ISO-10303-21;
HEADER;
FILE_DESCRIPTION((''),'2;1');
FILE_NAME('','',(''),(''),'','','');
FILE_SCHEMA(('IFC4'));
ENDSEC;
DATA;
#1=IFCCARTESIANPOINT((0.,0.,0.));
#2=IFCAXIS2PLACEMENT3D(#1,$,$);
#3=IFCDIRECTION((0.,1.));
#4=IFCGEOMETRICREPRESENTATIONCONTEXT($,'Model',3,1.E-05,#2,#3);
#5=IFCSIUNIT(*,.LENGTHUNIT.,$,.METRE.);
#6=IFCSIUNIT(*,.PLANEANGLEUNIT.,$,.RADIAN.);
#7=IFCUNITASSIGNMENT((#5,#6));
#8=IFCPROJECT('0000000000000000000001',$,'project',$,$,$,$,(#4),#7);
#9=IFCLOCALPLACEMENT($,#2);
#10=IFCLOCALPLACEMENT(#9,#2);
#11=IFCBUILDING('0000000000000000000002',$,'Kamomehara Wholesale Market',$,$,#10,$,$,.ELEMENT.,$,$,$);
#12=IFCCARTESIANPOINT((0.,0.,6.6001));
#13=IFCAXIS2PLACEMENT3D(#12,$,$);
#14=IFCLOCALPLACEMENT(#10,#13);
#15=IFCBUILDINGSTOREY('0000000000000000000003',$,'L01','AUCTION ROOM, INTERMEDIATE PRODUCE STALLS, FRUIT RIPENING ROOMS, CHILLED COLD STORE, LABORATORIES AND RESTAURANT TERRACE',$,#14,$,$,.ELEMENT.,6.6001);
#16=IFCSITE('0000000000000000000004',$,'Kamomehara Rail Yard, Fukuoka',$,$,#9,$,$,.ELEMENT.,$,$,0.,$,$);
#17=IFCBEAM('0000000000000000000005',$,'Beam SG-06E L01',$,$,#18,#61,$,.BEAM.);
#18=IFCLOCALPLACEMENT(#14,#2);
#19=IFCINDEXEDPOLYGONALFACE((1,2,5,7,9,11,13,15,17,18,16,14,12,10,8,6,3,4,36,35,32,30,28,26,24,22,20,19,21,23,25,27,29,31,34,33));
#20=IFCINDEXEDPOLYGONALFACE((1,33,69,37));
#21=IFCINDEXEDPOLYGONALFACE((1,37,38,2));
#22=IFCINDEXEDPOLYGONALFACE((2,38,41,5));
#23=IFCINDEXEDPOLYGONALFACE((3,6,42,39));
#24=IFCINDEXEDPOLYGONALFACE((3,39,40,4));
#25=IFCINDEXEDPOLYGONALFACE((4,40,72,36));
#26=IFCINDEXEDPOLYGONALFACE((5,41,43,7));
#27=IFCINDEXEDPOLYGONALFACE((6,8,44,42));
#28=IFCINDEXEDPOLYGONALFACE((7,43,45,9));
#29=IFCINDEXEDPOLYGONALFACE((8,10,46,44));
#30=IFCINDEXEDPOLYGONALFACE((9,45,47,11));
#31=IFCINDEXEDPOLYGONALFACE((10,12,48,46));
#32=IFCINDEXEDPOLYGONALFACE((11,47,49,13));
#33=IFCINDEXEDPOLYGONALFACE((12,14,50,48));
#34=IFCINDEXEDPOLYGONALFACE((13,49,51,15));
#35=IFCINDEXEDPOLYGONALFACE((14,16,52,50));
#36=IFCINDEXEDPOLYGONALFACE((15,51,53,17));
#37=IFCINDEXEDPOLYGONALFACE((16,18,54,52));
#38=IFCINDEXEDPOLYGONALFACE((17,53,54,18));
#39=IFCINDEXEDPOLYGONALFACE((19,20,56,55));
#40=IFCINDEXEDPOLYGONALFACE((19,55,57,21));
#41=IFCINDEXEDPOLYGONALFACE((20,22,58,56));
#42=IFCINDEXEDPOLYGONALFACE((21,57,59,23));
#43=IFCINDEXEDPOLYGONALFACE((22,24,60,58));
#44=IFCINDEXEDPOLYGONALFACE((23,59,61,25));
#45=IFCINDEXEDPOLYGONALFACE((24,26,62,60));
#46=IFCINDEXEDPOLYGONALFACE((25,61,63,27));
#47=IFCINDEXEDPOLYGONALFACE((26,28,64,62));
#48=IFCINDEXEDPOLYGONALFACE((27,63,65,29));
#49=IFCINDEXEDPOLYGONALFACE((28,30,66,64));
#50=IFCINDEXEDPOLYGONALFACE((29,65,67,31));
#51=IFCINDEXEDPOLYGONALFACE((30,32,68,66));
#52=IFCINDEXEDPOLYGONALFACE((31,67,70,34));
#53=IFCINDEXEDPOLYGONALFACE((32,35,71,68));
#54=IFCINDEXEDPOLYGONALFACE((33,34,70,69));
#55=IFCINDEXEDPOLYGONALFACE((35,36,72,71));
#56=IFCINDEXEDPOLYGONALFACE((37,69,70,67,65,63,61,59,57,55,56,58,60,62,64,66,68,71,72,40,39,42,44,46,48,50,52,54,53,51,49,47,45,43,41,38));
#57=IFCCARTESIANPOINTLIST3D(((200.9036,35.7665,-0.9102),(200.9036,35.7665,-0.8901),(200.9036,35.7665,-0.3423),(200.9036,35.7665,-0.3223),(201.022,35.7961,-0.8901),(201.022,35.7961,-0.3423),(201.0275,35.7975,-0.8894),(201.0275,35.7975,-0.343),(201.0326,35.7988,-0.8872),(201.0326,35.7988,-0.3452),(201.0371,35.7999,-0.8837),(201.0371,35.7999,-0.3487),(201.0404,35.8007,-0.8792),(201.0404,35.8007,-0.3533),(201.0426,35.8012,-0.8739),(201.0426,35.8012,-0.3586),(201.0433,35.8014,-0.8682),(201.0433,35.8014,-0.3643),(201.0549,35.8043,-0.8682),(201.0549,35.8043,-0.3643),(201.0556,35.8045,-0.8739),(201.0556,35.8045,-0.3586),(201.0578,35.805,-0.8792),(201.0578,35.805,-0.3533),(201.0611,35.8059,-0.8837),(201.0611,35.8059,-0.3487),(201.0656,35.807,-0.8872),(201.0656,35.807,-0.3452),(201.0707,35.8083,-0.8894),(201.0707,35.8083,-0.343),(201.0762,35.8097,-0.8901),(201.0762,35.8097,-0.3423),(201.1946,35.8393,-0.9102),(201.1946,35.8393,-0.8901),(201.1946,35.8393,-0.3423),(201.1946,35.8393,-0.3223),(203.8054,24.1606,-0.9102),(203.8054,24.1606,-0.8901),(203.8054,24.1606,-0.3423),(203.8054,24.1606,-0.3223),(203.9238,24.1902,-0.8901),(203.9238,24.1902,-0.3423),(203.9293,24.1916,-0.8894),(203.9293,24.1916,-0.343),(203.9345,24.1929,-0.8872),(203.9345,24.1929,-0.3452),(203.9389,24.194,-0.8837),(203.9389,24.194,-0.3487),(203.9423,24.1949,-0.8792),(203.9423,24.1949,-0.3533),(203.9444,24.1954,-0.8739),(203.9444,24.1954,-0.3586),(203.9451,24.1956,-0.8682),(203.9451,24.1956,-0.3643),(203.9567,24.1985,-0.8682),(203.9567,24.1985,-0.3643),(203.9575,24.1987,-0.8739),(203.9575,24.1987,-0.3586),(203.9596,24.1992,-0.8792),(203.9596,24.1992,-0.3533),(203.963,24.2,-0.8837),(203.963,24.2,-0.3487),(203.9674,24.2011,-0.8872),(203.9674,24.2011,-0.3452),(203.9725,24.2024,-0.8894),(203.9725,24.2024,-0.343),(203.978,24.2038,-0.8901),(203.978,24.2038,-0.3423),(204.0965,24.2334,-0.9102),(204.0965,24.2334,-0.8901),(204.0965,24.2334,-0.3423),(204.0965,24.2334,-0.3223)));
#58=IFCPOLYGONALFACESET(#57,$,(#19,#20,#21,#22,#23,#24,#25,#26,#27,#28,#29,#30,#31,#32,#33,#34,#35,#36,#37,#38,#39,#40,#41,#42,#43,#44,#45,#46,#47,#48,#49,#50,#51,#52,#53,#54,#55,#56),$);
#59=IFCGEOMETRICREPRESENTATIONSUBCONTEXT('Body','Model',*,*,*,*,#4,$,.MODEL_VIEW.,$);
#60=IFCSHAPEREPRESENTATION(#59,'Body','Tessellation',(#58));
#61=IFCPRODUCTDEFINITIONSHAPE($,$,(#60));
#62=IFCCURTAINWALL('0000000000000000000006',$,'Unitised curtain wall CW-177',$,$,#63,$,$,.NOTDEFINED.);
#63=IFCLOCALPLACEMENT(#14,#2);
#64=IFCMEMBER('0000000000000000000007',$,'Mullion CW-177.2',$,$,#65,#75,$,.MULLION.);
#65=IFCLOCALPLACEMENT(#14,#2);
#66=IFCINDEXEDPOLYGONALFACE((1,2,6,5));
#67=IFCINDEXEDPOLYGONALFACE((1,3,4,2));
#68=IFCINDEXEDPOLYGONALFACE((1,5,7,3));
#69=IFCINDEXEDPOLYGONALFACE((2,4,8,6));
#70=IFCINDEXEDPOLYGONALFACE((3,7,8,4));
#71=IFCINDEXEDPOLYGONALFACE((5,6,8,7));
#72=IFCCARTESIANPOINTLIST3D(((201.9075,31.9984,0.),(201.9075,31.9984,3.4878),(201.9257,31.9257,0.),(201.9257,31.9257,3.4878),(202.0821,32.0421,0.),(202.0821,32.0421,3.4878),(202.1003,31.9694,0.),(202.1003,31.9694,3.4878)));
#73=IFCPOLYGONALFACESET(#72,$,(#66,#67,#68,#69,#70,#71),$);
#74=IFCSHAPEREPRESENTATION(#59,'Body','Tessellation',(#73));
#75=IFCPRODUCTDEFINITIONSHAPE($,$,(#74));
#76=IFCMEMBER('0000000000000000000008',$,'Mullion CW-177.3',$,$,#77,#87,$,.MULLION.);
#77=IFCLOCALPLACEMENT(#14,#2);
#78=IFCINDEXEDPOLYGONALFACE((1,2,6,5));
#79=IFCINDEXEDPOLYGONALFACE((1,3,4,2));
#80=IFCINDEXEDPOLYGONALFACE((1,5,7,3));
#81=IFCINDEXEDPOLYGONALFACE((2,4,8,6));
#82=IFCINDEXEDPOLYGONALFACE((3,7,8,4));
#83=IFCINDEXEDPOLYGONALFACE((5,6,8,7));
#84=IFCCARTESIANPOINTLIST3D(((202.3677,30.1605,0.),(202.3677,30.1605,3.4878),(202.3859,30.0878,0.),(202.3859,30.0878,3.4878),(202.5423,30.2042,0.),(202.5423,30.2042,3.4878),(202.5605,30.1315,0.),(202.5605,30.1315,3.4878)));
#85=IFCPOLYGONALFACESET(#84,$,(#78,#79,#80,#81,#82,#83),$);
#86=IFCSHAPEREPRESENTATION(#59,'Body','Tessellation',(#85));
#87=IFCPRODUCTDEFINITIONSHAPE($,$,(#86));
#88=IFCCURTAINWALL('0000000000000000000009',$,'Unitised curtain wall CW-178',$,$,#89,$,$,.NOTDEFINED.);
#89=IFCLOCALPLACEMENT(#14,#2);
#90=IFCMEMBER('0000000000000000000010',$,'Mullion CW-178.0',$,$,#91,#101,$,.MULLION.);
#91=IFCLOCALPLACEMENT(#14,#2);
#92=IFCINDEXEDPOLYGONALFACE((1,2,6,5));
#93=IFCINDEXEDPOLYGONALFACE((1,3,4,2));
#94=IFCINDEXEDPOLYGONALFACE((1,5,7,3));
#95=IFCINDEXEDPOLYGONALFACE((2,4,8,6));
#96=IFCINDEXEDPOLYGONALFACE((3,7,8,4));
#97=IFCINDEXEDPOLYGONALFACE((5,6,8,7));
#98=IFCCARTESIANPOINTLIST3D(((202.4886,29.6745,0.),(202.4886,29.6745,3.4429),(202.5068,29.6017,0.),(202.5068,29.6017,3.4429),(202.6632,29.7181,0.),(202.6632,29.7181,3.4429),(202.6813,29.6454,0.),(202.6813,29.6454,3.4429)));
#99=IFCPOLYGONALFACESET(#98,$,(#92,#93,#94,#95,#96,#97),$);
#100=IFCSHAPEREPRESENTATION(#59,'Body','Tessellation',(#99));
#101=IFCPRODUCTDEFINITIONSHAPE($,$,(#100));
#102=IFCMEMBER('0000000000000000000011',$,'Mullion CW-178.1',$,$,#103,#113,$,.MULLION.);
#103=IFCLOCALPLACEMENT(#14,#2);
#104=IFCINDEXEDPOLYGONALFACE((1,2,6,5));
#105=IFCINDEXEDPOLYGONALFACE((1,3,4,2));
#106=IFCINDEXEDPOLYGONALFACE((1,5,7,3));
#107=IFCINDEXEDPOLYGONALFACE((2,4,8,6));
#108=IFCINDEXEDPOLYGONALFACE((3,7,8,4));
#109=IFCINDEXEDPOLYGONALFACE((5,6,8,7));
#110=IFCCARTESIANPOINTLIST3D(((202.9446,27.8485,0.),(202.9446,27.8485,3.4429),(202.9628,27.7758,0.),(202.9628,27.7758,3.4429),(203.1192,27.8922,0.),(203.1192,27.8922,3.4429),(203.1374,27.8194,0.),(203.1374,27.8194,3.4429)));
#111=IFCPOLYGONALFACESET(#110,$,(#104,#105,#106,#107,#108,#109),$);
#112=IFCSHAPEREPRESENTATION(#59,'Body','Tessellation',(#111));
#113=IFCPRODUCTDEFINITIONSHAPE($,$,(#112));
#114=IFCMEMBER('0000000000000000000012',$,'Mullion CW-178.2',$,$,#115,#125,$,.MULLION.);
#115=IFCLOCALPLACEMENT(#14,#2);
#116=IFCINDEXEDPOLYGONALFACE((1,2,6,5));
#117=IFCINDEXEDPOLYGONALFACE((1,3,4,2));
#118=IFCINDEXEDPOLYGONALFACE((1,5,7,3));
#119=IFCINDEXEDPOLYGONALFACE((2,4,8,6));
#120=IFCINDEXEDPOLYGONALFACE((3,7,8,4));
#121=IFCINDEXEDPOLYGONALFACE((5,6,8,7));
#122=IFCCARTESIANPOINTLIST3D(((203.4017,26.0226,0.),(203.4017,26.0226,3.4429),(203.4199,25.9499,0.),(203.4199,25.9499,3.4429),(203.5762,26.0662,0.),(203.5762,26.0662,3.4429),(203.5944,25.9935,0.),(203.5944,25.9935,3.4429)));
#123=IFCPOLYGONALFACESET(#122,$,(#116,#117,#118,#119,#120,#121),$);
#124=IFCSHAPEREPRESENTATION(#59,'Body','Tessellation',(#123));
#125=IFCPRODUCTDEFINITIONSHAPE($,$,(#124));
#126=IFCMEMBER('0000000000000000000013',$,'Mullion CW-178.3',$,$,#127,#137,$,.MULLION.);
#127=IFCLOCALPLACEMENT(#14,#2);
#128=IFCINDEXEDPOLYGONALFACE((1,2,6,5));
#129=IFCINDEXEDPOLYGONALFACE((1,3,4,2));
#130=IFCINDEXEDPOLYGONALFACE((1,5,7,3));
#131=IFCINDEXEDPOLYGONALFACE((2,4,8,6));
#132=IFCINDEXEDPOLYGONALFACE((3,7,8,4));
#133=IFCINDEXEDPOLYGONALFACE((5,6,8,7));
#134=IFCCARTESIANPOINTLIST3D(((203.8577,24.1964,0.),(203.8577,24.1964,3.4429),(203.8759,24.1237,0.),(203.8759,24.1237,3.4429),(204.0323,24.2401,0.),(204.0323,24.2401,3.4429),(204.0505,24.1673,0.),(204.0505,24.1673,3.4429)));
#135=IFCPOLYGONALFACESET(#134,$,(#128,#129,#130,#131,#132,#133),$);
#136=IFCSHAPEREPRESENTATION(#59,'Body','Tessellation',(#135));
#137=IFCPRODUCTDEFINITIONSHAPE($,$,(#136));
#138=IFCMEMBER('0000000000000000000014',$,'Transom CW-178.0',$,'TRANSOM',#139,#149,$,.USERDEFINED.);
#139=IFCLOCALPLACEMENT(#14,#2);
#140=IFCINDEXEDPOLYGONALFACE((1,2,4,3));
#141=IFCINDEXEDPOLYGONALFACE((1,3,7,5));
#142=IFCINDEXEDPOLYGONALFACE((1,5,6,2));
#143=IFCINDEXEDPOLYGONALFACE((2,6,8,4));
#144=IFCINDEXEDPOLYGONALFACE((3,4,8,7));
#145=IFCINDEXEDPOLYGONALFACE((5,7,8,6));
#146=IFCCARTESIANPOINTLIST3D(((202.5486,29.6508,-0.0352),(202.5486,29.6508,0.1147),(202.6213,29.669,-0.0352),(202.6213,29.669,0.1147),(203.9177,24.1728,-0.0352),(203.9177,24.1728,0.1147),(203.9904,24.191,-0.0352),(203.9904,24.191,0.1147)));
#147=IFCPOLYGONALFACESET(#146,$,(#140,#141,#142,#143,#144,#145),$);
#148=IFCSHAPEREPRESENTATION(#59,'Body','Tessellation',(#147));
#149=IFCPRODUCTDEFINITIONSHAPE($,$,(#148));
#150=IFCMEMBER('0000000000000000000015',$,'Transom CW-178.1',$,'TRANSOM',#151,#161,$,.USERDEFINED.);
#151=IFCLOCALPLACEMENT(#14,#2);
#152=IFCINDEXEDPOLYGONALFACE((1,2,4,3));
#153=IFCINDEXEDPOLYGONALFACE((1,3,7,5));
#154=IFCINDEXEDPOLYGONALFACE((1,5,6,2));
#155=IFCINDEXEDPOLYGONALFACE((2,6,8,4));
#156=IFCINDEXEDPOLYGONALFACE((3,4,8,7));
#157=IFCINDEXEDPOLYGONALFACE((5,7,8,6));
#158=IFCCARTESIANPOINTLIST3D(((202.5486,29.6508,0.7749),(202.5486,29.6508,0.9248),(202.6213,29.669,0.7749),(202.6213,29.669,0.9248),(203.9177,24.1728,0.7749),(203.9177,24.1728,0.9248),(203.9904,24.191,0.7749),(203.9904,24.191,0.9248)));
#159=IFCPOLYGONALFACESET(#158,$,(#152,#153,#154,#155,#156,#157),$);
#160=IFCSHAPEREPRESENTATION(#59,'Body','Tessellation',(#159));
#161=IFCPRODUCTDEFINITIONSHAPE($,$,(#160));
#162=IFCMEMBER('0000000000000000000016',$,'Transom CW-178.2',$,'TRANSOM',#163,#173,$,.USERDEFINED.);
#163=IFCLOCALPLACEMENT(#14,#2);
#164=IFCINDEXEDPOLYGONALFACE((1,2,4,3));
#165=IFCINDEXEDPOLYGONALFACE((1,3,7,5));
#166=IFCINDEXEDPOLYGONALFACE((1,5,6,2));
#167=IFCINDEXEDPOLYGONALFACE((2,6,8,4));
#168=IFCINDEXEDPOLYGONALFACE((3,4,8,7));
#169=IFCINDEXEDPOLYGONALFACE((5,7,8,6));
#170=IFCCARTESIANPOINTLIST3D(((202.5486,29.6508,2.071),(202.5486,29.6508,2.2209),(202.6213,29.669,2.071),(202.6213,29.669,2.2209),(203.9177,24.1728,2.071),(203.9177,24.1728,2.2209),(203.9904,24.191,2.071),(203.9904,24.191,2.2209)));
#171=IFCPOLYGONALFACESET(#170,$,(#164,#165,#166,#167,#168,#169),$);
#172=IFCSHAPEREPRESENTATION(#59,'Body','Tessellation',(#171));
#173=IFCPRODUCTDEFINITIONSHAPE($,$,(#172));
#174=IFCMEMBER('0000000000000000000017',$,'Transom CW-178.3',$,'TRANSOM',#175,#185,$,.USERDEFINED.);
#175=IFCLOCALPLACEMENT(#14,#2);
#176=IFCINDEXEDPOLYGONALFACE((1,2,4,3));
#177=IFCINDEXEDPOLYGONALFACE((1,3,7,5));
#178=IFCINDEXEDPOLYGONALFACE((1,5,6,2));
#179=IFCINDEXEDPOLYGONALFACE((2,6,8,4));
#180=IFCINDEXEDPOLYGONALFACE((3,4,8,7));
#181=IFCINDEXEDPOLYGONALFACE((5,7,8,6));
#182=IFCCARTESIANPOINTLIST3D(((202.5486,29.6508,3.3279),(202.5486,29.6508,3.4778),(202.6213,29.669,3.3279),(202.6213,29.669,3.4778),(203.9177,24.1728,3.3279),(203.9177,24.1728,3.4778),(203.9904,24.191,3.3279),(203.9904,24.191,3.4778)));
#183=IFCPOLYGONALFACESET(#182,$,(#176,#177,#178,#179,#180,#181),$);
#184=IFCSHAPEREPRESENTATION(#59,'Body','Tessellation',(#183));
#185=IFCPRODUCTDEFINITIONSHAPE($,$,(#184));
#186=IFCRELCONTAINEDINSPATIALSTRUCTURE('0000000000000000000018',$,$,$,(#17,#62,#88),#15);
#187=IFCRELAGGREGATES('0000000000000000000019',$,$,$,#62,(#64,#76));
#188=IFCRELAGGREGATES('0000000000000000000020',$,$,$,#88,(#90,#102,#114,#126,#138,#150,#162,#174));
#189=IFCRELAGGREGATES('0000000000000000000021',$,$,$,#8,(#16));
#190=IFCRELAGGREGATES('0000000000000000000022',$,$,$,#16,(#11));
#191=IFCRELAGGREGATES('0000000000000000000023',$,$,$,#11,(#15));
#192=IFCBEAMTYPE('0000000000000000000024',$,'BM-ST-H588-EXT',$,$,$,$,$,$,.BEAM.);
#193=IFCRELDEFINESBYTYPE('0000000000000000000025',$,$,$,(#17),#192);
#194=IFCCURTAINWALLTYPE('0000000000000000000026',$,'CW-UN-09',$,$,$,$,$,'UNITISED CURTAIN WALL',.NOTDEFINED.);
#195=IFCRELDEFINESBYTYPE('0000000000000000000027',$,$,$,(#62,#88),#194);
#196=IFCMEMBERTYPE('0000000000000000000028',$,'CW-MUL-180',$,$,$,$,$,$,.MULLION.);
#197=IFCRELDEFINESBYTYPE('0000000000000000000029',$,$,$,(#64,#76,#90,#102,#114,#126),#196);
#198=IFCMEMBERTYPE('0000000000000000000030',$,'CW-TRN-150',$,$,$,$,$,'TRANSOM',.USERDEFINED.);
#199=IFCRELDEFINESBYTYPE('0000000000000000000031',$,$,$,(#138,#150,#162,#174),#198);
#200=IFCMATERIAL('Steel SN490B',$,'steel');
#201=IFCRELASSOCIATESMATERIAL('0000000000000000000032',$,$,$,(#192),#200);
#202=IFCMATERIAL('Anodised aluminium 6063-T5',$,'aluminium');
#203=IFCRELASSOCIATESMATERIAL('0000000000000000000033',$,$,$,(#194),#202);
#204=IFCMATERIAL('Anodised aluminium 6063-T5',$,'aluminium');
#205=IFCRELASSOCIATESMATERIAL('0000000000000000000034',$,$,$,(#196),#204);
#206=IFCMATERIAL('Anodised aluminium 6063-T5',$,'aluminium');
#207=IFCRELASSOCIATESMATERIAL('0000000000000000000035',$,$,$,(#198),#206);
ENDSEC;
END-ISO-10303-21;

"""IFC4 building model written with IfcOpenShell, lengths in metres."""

from ifc_helpers import new_model, si_unit, direction, frame, origin, origin_2d, place, context, subcontext, project, spatial, rectangle, i_section, extrude, material, material_profile, profile_set, type_object, element, aggregate, save


model = new_model("IFC4")

# Units and contexts
model_context = context("Model", 3, precision=1e-05, world=origin(), true_north=direction((0.0, 1.0)))
body_context = subcontext(model_context, "Body", "Model", "MODEL_VIEW")
ifc_project = project(units=[si_unit("LENGTHUNIT", "METRE"), si_unit("PLANEANGLEUNIT", "RADIAN")], contexts=[model_context])

# Site, building, storey
site_placement = place(None, origin())
site = spatial("IfcSite", under=ifc_project, at=site_placement, Name="Kamomehara Rail Yard, Fukuoka", CompositionType="ELEMENT", RefElevation=0.0)
building_placement = place(site_placement, origin())
building = spatial("IfcBuilding", under=site, at=building_placement, Name="Kamomehara Wholesale Market", CompositionType="ELEMENT")
storey_placement = place(building_placement, frame((0.0, 0.0, 6.6001)))
storey = spatial("IfcBuildingStorey", under=building, at=storey_placement, Name="L01", Description="AUCTION ROOM, INTERMEDIATE PRODUCE STALLS, FRUIT RIPENING ROOMS, CHILLED COLD STORE, LABORATORIES AND RESTAURANT TERRACE", CompositionType="ELEMENT", Elevation=6.6001)

# Beam
ifc_material_1 = material(Name="Steel SN490B", Category="steel")
ifc_material_profile_1 = material_profile(ifc_material_1, i_section(OverallWidth=0.3, OverallDepth=0.5879, WebThickness=0.012, FlangeThickness=0.02, FilletRadius=0.022, at=origin_2d()), Name="H-588x300x12x20")
ifc_profile_set_1 = profile_set([ifc_material_profile_1], Name="Steel SN490B")
beam_type = type_object("IfcBeamType", Name="BM-ST-H588-EXT", PredefinedType="BEAM", material=ifc_profile_set_1)
beam_placement = place(storey_placement, frame((203.9509, 24.197, -0.6162), z_axis=(-0.242564, 0.970135, 0.0), x_axis=(-0.970135, -0.242564, 0.0)))
element("IfcBeam", 1, at=beam_placement, inside=storey, type_object=beam_type, Name="Beam SG-06E L01", PredefinedType="BEAM", context=body_context, shape_type="SweptSolid", body=[
    extrude(i_section(OverallWidth=0.3, OverallDepth=0.5879, WebThickness=0.012, FlangeThickness=0.02, FilletRadius=0.022, at=origin_2d()), origin(), (0.0, 0.0, 1.0), 11.9631),
])

# Curtain walls, members
ifc_material_2 = material(Name="Anodised aluminium 6063-T5", Category="aluminium")
curtain_wall_type = type_object("IfcCurtainWallType", Name="CW-UN-09", ElementType="UNITISED CURTAIN WALL", PredefinedType="NOTDEFINED", material=ifc_material_2)
curtain_wall_1_placement = place(storey_placement, origin())
curtain_wall_1 = element("IfcCurtainWall", 2, at=curtain_wall_1_placement, inside=storey, type_object=curtain_wall_type, Name="Unitised curtain wall CW-177", PredefinedType="NOTDEFINED")
ifc_material_3 = material(Name="Anodised aluminium 6063-T5", Category="aluminium")
ifc_material_profile_2 = material_profile(ifc_material_3, rectangle(XDim=0.075, YDim=0.1799, at=origin_2d()), Name="ALU-MUL-75x180")
ifc_profile_set_2 = profile_set([ifc_material_profile_2], Name="Anodised aluminium 6063-T5")
member_type_1 = type_object("IfcMemberType", Name="CW-MUL-180", PredefinedType="MULLION", material=ifc_profile_set_2)
member_1_placement = place(storey_placement, frame((202.0039, 31.9839, 0.0), z_axis=(0.0, 0.0, 1.0), x_axis=(0.242618, -0.970122, 0.0)))
member_1 = element("IfcMember", 3, at=member_1_placement, type_object=member_type_1, Name="Mullion CW-177.2", PredefinedType="MULLION", context=body_context, shape_type="SweptSolid", body=[
    extrude(rectangle(XDim=0.075, YDim=0.1799, at=origin_2d()), origin(), (0.0, 0.0, 1.0), 3.4878),
])
member_2_placement = place(storey_placement, frame((202.4641, 30.146, 0.0), z_axis=(0.0, 0.0, 1.0), x_axis=(0.242618, -0.970122, 0.0)))
member_2 = element("IfcMember", 4, at=member_2_placement, type_object=member_type_1, Name="Mullion CW-177.3", PredefinedType="MULLION", context=body_context, shape_type="SweptSolid", body=[
    extrude(rectangle(XDim=0.075, YDim=0.1799, at=origin_2d()), origin(), (0.0, 0.0, 1.0), 3.4878),
])
curtain_wall_2_placement = place(storey_placement, origin())
curtain_wall_2 = element("IfcCurtainWall", 5, at=curtain_wall_2_placement, inside=storey, type_object=curtain_wall_type, Name="Unitised curtain wall CW-178", PredefinedType="NOTDEFINED")
member_3_placement = place(storey_placement, frame((202.585, 29.6599, 0.0), z_axis=(0.0, 0.0, 1.0), x_axis=(0.242452, -0.970163, 0.0)))
member_3 = element("IfcMember", 6, at=member_3_placement, type_object=member_type_1, Name="Mullion CW-178.0", PredefinedType="MULLION", context=body_context, shape_type="SweptSolid", body=[
    extrude(rectangle(XDim=0.075, YDim=0.1799, at=origin_2d()), origin(), (0.0, 0.0, 1.0), 3.4429),
])
member_4_placement = place(storey_placement, frame((203.041, 27.834, 0.0), z_axis=(0.0, 0.0, 1.0), x_axis=(0.242452, -0.970163, 0.0)))
member_4 = element("IfcMember", 7, at=member_4_placement, type_object=member_type_1, Name="Mullion CW-178.1", PredefinedType="MULLION", context=body_context, shape_type="SweptSolid", body=[
    extrude(rectangle(XDim=0.075, YDim=0.1799, at=origin_2d()), origin(), (0.0, 0.0, 1.0), 3.4429),
])
member_5_placement = place(storey_placement, frame((203.498, 26.0081, 0.0), z_axis=(0.0, 0.0, 1.0), x_axis=(0.242452, -0.970163, 0.0)))
member_5 = element("IfcMember", 8, at=member_5_placement, type_object=member_type_1, Name="Mullion CW-178.2", PredefinedType="MULLION", context=body_context, shape_type="SweptSolid", body=[
    extrude(rectangle(XDim=0.075, YDim=0.1799, at=origin_2d()), origin(), (0.0, 0.0, 1.0), 3.4429),
])
member_6_placement = place(storey_placement, frame((203.9541, 24.1819, 0.0), z_axis=(0.0, 0.0, 1.0), x_axis=(0.242452, -0.970163, 0.0)))
member_6 = element("IfcMember", 9, at=member_6_placement, type_object=member_type_1, Name="Mullion CW-178.3", PredefinedType="MULLION", context=body_context, shape_type="SweptSolid", body=[
    extrude(rectangle(XDim=0.075, YDim=0.1799, at=origin_2d()), origin(), (0.0, 0.0, 1.0), 3.4429),
])
ifc_material_4 = material(Name="Anodised aluminium 6063-T5", Category="aluminium")
ifc_material_profile_3 = material_profile(ifc_material_4, rectangle(XDim=0.075, YDim=0.1499, at=origin_2d()), Name="ALU-TRN-75x150")
ifc_profile_set_3 = profile_set([ifc_material_profile_3], Name="Anodised aluminium 6063-T5")
member_type_2 = type_object("IfcMemberType", Name="CW-TRN-150", ElementType="TRANSOM", PredefinedType="USERDEFINED", material=ifc_profile_set_3)
member_7_placement = place(storey_placement, frame((202.585, 29.6599, 0.0398), z_axis=(0.242475, -0.970158, 0.0), x_axis=(0.970158, 0.242475, 0.0)))
member_7 = element("IfcMember", 10, at=member_7_placement, type_object=member_type_2, Name="Transom CW-178.0", ObjectType="TRANSOM", PredefinedType="USERDEFINED", context=body_context, shape_type="SweptSolid", body=[
    extrude(rectangle(XDim=0.075, YDim=0.1499, at=origin_2d()), origin(), (0.0, 0.0, 1.0), 5.6465),
])
member_8_placement = place(storey_placement, frame((202.585, 29.6599, 0.8499), z_axis=(0.242475, -0.970158, 0.0), x_axis=(0.970158, 0.242475, 0.0)))
member_8 = element("IfcMember", 11, at=member_8_placement, type_object=member_type_2, Name="Transom CW-178.1", ObjectType="TRANSOM", PredefinedType="USERDEFINED", context=body_context, shape_type="SweptSolid", body=[
    extrude(rectangle(XDim=0.075, YDim=0.1499, at=origin_2d()), origin(), (0.0, 0.0, 1.0), 5.6465),
])
member_9_placement = place(storey_placement, frame((202.585, 29.6599, 2.146), z_axis=(0.242475, -0.970158, 0.0), x_axis=(0.970158, 0.242475, 0.0)))
member_9 = element("IfcMember", 12, at=member_9_placement, type_object=member_type_2, Name="Transom CW-178.2", ObjectType="TRANSOM", PredefinedType="USERDEFINED", context=body_context, shape_type="SweptSolid", body=[
    extrude(rectangle(XDim=0.075, YDim=0.1499, at=origin_2d()), origin(), (0.0, 0.0, 1.0), 5.6465),
])
member_10_placement = place(storey_placement, frame((202.585, 29.6599, 3.4028), z_axis=(0.242475, -0.970158, 0.0), x_axis=(0.970158, 0.242475, 0.0)))
member_10 = element("IfcMember", 13, at=member_10_placement, type_object=member_type_2, Name="Transom CW-178.3", ObjectType="TRANSOM", PredefinedType="USERDEFINED", context=body_context, shape_type="SweptSolid", body=[
    extrude(rectangle(XDim=0.075, YDim=0.1499, at=origin_2d()), origin(), (0.0, 0.0, 1.0), 5.6465),
])

aggregate(curtain_wall_1, [member_1, member_2])
aggregate(curtain_wall_2, [member_3, member_4, member_5, member_6, member_7, member_8, member_9, member_10])

save(model, "model.ifc")
